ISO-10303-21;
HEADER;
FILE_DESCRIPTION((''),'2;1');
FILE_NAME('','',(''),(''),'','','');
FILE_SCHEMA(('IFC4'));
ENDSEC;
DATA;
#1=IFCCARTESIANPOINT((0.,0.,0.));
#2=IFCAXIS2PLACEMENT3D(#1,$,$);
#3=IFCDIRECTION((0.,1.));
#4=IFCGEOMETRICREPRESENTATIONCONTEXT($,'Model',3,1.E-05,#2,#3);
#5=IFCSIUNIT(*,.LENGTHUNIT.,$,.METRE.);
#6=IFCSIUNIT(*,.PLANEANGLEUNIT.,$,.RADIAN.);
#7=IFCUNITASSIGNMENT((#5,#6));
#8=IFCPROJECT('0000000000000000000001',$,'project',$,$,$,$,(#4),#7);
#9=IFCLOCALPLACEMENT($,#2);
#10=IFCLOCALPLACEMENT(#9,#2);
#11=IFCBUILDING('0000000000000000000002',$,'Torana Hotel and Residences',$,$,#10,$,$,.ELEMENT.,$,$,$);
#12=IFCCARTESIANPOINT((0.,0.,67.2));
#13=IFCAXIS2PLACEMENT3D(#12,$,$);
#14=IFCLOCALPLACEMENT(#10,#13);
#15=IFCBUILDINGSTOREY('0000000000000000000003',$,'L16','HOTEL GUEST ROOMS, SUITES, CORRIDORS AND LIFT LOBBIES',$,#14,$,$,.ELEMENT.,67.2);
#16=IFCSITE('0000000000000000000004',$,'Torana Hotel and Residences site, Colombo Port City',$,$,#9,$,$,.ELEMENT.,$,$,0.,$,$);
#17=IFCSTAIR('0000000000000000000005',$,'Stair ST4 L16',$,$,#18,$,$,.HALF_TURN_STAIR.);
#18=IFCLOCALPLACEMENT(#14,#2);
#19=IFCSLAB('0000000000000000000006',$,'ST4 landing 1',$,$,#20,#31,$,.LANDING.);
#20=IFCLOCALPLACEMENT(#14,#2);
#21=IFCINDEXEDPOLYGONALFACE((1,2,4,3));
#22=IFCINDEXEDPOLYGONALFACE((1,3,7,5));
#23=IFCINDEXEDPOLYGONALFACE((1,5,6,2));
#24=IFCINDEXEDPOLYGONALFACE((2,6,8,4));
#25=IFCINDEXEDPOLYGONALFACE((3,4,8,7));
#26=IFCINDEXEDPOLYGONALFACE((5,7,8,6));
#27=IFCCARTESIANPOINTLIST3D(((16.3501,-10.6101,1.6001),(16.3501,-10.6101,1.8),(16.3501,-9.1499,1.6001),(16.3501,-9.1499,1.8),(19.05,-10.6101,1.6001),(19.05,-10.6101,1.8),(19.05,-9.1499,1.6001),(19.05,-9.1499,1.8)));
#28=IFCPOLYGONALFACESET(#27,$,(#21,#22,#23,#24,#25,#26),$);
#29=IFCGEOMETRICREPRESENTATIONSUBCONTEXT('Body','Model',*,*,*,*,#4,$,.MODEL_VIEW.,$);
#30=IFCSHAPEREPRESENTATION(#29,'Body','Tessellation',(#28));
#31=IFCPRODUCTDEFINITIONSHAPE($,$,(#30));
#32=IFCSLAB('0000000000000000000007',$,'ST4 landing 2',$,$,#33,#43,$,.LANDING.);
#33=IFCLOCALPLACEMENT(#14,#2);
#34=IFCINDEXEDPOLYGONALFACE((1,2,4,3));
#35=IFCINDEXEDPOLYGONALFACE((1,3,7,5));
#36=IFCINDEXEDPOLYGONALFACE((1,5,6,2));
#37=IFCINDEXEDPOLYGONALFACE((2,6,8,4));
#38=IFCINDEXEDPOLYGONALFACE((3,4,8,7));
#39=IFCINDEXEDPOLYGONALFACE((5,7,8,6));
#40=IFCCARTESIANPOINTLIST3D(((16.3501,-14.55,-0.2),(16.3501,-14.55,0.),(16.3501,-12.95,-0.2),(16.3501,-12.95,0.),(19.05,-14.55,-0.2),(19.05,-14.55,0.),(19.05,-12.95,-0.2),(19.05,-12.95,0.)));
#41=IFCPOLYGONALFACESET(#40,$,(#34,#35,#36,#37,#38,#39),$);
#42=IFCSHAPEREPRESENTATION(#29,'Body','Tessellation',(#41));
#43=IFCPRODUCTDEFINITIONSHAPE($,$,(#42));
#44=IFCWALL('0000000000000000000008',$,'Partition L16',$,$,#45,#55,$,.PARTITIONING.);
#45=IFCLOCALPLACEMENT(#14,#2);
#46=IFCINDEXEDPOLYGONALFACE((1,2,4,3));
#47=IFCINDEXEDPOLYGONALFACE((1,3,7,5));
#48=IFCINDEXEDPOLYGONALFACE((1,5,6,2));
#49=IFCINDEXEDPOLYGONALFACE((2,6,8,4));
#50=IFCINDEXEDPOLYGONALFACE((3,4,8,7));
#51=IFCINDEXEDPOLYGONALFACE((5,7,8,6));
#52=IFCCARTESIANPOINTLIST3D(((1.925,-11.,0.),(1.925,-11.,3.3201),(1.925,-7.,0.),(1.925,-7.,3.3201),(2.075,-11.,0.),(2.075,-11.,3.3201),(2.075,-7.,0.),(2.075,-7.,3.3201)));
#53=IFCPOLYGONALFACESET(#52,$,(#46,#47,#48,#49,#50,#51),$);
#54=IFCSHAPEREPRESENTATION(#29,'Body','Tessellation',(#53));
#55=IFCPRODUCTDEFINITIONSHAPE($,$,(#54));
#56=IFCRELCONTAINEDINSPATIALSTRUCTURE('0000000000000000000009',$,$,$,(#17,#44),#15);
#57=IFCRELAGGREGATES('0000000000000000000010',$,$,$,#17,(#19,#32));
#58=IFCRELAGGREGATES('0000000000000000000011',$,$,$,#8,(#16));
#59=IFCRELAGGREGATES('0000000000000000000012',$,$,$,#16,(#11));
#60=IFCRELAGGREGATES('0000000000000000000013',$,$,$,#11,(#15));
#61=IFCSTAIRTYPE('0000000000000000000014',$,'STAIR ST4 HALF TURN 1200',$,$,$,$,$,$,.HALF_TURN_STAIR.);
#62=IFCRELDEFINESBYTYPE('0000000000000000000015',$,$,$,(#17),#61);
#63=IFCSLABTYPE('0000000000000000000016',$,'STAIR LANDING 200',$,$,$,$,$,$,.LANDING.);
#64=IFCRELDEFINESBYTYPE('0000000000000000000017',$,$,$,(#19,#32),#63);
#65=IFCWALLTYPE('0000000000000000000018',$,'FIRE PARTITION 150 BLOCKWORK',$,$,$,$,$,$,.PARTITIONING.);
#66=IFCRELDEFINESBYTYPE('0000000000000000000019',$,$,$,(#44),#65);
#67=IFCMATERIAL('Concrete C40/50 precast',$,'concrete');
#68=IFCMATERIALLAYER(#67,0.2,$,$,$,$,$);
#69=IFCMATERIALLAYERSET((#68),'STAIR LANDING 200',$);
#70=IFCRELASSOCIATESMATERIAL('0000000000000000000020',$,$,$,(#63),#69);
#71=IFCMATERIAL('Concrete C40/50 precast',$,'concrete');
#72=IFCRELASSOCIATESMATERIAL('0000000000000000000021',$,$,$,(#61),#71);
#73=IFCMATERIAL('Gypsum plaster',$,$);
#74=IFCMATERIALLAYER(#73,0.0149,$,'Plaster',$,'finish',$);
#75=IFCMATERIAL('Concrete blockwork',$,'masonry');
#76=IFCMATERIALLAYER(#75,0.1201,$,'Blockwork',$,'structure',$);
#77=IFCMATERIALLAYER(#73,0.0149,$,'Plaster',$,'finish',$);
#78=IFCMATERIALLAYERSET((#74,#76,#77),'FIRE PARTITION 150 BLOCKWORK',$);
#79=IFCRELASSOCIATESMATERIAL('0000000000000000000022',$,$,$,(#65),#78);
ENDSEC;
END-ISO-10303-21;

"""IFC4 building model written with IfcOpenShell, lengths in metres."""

from ifc_helpers import new_model, si_unit, direction, frame, frame_2d, origin, place, context, subcontext, project, spatial, polyline, rectangle, outline, extrude, material, layer, layer_set, type_object, element, aggregate, save


model = new_model("IFC4")

# Units and contexts
model_context = context("Model", 3, precision=1e-05, world=origin(), true_north=direction((0.0, 1.0)))
body_context = subcontext(model_context, "Body", "Model", "MODEL_VIEW")
ifc_project = project(units=[si_unit("LENGTHUNIT", "METRE"), si_unit("PLANEANGLEUNIT", "RADIAN")], contexts=[model_context])

# Site, building, storey
site_placement = place(None, origin())
site = spatial("IfcSite", under=ifc_project, at=site_placement, Name="Torana Hotel and Residences site, Colombo Port City", CompositionType="ELEMENT", RefElevation=0.0)
building_placement = place(site_placement, origin())
building = spatial("IfcBuilding", under=site, at=building_placement, Name="Torana Hotel and Residences", CompositionType="ELEMENT")
storey_placement = place(building_placement, frame((0.0, 0.0, 67.2)))
storey = spatial("IfcBuildingStorey", under=building, at=storey_placement, Name="L16", Description="HOTEL GUEST ROOMS, SUITES, CORRIDORS AND LIFT LOBBIES", CompositionType="ELEMENT", Elevation=67.2)

# Stair, slabs
ifc_material_1 = material(Name="Concrete C40/50 precast", Category="concrete")
ifc_layer_1 = layer(ifc_material_1, 0.2)
ifc_layer_set_1 = layer_set([ifc_layer_1], Name="STAIR LANDING 200")
slab_type_1 = type_object("IfcSlabType", Name="STAIR LANDING 200", PredefinedType="LANDING", material=ifc_layer_set_1)
ifc_material_2 = material(Name="Concrete C40/50 precast", Category="concrete")
stair_type_1 = type_object("IfcStairType", Name="STAIR ST4 HALF TURN 1200", PredefinedType="HALF_TURN_STAIR", material=ifc_material_2)
stair_1_placement = place(storey_placement, origin())
stair_1 = element("IfcStair", 1, at=stair_1_placement, inside=storey, type_object=stair_type_1, Name="Stair ST4 L16", PredefinedType="HALF_TURN_STAIR")
slab_1_placement = place(storey_placement, frame((0.0, 0.0, 1.6001)))
slab_1 = element("IfcSlab", 2, at=slab_1_placement, type_object=slab_type_1, Name="ST4 landing 1", PredefinedType="LANDING", context=body_context, shape_type="SweptSolid", body=[
    extrude(outline(polyline([(16.3501, -10.6101), (19.05, -10.6101), (19.05, -9.1499), (16.3501, -9.1499), (16.3501, -10.6101)])), origin(), (0.0, 0.0, 1.0), 0.2),
])
slab_2_placement = place(storey_placement, frame((0.0, 0.0, -0.2)))
slab_2 = element("IfcSlab", 3, at=slab_2_placement, type_object=slab_type_1, Name="ST4 landing 2", PredefinedType="LANDING", context=body_context, shape_type="SweptSolid", body=[
    extrude(outline(polyline([(16.3501, -14.55), (19.05, -14.55), (19.05, -12.95), (16.3501, -12.95), (16.3501, -14.55)])), origin(), (0.0, 0.0, 1.0), 0.2),
])
aggregate(stair_1, [slab_1, slab_2])

# Wall
ifc_material_3 = material(Name="Gypsum plaster")
ifc_layer_2 = layer(ifc_material_3, 0.0149, Name="Plaster", Category="finish")
ifc_material_4 = material(Name="Concrete blockwork", Category="masonry")
ifc_layer_3 = layer(ifc_material_4, 0.1201, Name="Blockwork", Category="structure")
ifc_layer_4 = layer(ifc_material_3, 0.0149, Name="Plaster", Category="finish")
ifc_layer_set_2 = layer_set([ifc_layer_2, ifc_layer_3, ifc_layer_4], Name="FIRE PARTITION 150 BLOCKWORK")
wall_type = type_object("IfcWallType", Name="FIRE PARTITION 150 BLOCKWORK", PredefinedType="PARTITIONING", material=ifc_layer_set_2)
wall_placement = place(storey_placement, frame((2.0, -11.0, 0.0), z_axis=(0.0, 0.0, 1.0), x_axis=(0.0, 1.0, 0.0)))
element("IfcWall", 4, at=wall_placement, inside=storey, type_object=wall_type, Name="Partition L16", PredefinedType="PARTITIONING", context=body_context, shape_type="SweptSolid", body=[
    extrude(rectangle(XDim=4.0, YDim=0.1499, at=frame_2d((2.0, 0.0))), origin(), (0.0, 0.0, 1.0), 3.3201),
])

save(model, "model.ifc")
